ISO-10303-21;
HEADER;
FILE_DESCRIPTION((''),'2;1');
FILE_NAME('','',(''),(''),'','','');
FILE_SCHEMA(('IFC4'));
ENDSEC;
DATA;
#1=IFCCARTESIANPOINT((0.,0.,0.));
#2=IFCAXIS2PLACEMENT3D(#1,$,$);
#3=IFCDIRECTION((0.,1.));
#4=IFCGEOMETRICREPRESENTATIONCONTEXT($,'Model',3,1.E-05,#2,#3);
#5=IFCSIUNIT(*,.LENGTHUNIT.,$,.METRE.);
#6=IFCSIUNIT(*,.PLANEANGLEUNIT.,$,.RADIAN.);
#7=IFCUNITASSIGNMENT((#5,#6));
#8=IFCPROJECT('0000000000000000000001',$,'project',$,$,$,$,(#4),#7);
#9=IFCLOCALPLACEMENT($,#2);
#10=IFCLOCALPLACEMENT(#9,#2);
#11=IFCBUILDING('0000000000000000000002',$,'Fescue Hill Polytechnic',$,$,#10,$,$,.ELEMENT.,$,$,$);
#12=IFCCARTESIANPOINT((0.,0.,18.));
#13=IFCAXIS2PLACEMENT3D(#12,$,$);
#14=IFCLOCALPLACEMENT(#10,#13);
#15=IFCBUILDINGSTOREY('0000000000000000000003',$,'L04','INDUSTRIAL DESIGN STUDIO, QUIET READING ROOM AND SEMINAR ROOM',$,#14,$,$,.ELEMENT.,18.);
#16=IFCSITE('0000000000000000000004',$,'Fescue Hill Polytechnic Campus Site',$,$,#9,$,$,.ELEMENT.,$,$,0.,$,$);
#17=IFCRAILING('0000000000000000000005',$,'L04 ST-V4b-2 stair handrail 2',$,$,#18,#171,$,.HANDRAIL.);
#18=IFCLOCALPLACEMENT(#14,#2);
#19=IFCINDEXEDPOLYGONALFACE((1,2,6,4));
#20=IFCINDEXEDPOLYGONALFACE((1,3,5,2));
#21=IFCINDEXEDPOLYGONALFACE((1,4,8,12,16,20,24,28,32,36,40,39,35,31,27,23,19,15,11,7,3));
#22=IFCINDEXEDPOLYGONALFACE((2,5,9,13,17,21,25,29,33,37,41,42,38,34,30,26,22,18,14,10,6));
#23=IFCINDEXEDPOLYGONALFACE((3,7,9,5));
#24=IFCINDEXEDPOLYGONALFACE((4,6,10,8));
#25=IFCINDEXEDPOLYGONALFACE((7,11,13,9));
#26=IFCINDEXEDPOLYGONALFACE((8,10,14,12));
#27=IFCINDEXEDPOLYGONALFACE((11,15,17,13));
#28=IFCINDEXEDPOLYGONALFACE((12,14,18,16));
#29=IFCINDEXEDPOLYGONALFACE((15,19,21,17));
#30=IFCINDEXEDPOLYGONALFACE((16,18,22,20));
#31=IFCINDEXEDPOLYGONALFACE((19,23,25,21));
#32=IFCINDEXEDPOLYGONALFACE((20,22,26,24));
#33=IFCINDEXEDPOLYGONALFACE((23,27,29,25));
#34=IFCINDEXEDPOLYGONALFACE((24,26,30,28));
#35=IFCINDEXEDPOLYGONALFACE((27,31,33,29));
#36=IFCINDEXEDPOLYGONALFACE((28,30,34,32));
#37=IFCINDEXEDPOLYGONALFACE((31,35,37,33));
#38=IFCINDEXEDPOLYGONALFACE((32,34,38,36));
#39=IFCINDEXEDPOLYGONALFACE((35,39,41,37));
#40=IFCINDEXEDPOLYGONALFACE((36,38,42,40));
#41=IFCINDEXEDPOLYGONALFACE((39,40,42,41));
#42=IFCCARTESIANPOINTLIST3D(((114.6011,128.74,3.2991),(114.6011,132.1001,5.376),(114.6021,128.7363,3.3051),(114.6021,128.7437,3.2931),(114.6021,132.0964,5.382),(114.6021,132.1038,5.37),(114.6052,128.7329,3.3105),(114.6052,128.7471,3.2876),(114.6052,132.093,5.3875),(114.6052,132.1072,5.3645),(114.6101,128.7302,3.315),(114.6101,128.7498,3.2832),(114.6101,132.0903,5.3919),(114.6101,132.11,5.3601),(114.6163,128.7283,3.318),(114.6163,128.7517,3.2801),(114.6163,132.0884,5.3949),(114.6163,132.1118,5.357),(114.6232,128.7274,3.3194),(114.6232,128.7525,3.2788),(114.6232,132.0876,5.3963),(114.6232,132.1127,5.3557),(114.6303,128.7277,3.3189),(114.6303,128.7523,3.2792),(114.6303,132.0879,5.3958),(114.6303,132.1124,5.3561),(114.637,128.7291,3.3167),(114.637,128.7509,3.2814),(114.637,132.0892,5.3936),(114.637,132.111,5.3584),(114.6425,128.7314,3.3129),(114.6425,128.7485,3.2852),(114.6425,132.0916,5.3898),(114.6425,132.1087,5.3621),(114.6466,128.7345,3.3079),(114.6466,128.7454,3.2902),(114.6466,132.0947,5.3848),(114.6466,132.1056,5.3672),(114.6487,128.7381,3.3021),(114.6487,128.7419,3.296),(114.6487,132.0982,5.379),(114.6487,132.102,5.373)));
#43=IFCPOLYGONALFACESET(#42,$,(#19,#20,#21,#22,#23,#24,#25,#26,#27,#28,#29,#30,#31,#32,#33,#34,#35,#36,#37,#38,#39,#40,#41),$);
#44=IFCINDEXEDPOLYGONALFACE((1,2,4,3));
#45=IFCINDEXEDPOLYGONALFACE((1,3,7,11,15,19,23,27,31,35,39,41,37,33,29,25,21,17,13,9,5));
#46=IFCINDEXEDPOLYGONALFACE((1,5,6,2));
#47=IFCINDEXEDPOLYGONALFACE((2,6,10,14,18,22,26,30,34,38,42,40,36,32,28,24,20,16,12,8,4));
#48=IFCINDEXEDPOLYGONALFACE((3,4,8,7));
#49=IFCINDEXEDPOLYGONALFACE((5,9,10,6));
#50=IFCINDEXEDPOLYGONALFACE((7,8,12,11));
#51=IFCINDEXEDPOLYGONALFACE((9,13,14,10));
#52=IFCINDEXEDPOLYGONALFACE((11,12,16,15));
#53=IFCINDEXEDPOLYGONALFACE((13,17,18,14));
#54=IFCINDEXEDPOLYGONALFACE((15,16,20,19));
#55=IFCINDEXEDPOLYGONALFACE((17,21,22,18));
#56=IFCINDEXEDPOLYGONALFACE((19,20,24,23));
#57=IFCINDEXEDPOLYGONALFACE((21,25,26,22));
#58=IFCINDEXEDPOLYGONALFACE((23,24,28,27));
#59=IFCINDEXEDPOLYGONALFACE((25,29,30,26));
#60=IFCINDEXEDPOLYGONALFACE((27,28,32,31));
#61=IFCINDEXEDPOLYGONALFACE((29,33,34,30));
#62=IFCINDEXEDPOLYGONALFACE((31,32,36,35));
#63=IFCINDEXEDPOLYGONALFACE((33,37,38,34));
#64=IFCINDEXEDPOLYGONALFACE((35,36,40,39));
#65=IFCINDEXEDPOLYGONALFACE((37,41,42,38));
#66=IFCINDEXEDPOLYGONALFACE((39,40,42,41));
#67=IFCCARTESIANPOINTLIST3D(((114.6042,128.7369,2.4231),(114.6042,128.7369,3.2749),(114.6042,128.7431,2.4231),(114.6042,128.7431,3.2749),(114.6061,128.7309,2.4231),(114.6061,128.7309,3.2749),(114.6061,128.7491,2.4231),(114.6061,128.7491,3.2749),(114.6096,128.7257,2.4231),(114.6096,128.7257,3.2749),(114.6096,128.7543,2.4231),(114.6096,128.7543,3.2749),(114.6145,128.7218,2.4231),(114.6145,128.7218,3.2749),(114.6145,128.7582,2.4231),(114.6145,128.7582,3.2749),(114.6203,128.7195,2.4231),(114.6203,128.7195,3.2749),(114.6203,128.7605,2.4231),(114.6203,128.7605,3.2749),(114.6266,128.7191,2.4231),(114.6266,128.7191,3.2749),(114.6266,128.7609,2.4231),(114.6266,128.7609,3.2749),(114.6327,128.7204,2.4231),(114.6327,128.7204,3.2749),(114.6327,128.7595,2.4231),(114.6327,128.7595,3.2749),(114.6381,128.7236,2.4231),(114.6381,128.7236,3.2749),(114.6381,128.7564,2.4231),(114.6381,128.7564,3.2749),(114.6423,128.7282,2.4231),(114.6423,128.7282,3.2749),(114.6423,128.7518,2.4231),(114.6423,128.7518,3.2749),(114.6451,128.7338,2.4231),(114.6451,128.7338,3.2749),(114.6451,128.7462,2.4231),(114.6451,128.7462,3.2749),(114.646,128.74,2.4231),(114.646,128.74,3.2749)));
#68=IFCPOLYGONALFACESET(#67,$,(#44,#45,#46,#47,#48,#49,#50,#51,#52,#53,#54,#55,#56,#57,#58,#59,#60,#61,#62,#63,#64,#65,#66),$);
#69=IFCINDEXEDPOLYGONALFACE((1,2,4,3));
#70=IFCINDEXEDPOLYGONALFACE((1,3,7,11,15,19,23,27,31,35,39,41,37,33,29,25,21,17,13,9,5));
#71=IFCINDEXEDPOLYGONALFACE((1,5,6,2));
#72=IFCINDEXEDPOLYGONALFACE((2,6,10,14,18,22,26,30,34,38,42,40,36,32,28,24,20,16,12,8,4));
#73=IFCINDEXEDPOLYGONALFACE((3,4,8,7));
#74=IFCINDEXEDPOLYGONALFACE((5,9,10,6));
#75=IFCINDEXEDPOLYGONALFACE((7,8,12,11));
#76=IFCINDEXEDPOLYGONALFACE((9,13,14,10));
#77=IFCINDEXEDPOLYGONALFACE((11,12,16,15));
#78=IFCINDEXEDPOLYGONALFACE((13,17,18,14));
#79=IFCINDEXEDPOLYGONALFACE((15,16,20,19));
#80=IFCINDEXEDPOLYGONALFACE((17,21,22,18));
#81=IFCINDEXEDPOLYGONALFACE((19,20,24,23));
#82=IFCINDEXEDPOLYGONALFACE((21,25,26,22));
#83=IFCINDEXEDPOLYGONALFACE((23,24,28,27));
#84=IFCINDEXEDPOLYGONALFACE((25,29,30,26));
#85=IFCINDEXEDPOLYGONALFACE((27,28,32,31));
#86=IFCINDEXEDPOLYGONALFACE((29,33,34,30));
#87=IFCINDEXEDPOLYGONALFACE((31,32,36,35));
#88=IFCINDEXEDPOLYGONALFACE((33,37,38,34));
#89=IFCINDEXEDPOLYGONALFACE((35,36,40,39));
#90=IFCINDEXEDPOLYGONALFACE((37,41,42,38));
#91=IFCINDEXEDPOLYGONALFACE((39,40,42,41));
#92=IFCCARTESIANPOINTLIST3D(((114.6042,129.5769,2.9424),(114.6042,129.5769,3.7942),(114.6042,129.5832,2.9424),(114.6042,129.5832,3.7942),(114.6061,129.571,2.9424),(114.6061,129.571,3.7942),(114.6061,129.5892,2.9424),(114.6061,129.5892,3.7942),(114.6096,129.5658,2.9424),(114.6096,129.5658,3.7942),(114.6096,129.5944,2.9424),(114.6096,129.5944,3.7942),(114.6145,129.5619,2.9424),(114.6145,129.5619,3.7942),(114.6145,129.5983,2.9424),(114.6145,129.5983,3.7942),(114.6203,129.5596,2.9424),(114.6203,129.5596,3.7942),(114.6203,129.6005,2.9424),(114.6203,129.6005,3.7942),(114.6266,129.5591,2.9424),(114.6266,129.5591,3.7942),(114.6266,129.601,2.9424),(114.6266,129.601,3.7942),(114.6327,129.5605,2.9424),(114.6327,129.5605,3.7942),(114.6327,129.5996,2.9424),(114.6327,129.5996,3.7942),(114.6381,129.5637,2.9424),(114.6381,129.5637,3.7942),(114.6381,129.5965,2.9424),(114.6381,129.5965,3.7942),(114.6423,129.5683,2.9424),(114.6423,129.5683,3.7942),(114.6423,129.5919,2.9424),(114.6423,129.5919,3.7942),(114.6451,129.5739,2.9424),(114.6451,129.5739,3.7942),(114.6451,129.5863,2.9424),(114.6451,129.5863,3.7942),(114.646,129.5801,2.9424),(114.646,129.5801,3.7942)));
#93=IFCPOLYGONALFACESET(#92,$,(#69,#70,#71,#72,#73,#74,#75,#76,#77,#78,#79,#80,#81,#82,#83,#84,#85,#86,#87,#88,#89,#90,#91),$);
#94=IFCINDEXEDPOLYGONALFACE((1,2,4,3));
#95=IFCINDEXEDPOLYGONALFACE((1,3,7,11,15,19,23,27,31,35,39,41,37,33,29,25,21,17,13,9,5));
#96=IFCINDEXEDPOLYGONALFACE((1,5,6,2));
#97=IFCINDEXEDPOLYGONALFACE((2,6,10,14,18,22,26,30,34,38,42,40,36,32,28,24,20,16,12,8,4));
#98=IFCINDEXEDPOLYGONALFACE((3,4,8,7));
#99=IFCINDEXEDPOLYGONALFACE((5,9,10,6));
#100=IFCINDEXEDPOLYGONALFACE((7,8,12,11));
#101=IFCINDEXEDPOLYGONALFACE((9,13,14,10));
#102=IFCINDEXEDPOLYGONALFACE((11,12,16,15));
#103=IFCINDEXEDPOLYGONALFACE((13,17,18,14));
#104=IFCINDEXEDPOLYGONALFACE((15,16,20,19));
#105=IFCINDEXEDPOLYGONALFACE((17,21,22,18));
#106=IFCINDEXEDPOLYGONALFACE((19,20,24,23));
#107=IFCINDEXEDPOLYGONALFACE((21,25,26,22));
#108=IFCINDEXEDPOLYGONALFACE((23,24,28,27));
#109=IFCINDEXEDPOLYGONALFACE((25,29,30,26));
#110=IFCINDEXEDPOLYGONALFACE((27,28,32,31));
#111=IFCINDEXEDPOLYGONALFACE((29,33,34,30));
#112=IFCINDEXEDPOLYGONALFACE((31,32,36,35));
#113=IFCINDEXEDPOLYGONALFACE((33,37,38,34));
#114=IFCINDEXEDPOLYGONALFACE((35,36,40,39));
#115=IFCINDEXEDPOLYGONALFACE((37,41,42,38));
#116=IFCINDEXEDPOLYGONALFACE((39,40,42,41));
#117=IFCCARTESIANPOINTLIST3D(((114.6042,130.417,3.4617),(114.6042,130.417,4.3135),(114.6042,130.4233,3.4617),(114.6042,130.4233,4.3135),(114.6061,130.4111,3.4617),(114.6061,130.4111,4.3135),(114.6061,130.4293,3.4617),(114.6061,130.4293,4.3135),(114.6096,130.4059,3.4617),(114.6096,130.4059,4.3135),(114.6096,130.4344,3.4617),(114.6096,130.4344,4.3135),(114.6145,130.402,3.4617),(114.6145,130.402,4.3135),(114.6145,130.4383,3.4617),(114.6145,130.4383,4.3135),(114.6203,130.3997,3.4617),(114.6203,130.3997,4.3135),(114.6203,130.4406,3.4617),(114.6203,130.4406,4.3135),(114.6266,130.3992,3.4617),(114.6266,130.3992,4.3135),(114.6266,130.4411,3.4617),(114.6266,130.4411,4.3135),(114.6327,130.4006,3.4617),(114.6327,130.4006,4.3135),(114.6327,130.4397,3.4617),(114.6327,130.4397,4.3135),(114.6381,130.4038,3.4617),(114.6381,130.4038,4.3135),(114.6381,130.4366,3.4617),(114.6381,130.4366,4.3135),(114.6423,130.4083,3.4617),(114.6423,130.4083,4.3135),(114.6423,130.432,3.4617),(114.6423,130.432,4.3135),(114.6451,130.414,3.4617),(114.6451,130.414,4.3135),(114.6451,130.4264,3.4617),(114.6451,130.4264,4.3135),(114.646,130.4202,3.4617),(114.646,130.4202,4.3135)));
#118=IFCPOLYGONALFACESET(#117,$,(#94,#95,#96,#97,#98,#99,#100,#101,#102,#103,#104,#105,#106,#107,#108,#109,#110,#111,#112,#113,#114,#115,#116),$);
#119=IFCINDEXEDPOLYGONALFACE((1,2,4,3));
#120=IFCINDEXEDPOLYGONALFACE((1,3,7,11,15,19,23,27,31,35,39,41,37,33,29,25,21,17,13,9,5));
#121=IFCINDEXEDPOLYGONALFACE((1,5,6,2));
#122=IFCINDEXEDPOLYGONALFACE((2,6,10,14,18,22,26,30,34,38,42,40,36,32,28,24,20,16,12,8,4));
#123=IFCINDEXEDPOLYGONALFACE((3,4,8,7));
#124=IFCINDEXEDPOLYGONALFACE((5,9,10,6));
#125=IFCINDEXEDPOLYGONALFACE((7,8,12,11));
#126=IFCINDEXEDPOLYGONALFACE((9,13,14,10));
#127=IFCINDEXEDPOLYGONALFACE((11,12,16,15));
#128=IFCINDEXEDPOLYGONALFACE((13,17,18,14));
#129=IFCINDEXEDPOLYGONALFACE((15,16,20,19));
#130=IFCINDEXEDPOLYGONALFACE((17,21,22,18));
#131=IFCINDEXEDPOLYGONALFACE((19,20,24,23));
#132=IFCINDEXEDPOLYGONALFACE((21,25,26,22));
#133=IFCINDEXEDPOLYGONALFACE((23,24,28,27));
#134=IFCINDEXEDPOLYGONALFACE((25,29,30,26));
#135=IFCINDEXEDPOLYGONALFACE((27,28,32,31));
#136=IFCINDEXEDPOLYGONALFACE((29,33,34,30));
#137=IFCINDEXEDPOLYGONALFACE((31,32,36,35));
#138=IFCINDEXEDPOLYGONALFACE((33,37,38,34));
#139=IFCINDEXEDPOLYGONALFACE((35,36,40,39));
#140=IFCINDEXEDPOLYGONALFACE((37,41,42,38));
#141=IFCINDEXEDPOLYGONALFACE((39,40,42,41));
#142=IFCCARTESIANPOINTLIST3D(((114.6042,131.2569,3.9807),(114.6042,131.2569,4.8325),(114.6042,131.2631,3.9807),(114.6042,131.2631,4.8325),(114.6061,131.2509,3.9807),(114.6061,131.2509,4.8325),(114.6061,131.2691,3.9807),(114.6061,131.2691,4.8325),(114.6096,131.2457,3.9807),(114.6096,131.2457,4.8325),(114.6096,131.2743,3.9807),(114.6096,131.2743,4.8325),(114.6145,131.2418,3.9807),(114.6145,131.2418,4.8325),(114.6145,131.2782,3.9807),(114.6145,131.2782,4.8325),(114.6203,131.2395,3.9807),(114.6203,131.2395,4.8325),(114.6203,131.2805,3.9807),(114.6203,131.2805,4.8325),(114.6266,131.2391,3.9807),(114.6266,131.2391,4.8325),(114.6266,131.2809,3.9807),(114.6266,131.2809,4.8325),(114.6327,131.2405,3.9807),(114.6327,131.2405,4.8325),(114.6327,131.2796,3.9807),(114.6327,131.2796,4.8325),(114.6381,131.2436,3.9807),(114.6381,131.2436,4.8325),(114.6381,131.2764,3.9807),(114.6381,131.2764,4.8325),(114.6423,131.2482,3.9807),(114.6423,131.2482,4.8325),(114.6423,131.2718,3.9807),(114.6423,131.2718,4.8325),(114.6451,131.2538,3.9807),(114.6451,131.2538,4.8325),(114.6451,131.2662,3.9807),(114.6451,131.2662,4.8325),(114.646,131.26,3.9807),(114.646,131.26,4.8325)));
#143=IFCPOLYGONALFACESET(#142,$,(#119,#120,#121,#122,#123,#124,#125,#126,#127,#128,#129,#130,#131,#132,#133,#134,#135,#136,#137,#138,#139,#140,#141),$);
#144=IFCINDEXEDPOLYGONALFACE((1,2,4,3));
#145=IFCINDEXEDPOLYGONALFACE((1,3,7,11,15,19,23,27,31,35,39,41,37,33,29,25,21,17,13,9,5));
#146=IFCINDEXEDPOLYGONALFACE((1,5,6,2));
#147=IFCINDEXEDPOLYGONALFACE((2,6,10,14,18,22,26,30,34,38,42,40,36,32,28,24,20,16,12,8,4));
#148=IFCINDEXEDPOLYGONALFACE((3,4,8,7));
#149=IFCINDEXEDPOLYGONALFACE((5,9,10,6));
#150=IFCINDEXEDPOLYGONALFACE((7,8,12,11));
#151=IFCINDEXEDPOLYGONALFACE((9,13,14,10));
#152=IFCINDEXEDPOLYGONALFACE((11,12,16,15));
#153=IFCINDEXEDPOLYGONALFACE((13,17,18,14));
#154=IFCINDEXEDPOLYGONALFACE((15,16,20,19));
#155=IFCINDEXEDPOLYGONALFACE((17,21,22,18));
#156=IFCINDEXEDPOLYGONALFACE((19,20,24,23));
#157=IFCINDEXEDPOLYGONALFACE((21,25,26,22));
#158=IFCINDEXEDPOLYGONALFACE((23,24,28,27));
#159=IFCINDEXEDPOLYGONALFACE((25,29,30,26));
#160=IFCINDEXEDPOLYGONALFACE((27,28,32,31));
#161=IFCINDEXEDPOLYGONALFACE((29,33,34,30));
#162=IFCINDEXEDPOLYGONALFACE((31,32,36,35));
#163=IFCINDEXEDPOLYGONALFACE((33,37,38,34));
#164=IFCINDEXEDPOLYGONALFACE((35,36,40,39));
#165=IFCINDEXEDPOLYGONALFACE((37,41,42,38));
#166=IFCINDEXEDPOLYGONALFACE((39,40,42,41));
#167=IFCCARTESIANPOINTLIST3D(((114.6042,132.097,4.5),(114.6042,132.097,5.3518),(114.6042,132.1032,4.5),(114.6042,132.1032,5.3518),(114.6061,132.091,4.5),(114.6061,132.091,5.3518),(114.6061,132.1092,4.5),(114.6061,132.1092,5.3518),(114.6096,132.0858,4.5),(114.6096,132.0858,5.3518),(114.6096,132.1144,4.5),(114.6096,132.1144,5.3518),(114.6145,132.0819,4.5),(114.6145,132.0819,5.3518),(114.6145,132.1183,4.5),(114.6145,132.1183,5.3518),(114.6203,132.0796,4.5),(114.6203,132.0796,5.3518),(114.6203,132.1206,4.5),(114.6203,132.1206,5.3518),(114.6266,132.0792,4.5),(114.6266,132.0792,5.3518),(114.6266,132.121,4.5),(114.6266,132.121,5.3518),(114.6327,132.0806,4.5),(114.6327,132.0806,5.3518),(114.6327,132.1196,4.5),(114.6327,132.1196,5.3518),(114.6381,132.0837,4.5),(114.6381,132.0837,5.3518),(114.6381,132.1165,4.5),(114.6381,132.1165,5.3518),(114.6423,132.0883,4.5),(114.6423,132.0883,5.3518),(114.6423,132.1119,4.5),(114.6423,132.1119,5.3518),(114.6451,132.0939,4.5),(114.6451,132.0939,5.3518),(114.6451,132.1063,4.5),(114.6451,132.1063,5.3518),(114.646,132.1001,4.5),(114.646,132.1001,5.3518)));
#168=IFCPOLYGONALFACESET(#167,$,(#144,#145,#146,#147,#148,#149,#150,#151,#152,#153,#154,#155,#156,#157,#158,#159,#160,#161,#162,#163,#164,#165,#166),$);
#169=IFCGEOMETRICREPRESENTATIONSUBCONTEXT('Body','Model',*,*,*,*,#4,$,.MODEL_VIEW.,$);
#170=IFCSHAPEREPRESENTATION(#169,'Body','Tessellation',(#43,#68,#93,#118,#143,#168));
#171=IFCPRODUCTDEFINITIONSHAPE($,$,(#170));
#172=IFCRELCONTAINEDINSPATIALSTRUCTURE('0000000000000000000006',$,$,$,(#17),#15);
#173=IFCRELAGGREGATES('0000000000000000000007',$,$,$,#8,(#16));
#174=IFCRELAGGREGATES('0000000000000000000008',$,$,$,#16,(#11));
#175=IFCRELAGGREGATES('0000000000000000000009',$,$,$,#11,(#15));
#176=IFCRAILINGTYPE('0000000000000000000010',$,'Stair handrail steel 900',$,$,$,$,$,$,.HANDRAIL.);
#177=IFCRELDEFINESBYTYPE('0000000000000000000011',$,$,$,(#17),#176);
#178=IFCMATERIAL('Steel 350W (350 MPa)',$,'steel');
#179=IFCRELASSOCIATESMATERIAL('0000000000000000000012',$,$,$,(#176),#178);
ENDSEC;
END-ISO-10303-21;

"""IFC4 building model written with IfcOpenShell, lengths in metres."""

from ifc_helpers import new_model, si_unit, direction, frame, origin, origin_2d, place, context, subcontext, project, spatial, circle, extrude, material, type_object, element, save


model = new_model("IFC4")

# Units and contexts
model_context = context("Model", 3, precision=1e-05, world=origin(), true_north=direction((0.0, 1.0)))
body_context = subcontext(model_context, "Body", "Model", "MODEL_VIEW")
ifc_project = project(units=[si_unit("LENGTHUNIT", "METRE"), si_unit("PLANEANGLEUNIT", "RADIAN")], contexts=[model_context])

# Site, building, storey
site_placement = place(None, origin())
site = spatial("IfcSite", under=ifc_project, at=site_placement, Name="Fescue Hill Polytechnic Campus Site", CompositionType="ELEMENT", RefElevation=0.0)
building_placement = place(site_placement, origin())
building = spatial("IfcBuilding", under=site, at=building_placement, Name="Fescue Hill Polytechnic", CompositionType="ELEMENT")
storey_placement = place(building_placement, frame((0.0, 0.0, 18.0)))
storey = spatial("IfcBuildingStorey", under=building, at=storey_placement, Name="L04", Description="INDUSTRIAL DESIGN STUDIO, QUIET READING ROOM AND SEMINAR ROOM", CompositionType="ELEMENT", Elevation=18.0)

# Railing
ifc_material_1 = material(Name="Steel 350W (350 MPa)", Category="steel")
railing_type_1 = type_object("IfcRailingType", Name="Stair handrail steel 900", PredefinedType="HANDRAIL", material=ifc_material_1)
railing_1_placement = place(storey_placement, frame((114.625, 128.74, 2.4231)))
element("IfcRailing", 1, at=railing_1_placement, inside=storey, type_object=railing_type_1, Name="L04 ST-V4b-2 stair handrail 2", PredefinedType="HANDRAIL", context=body_context, shape_type="SweptSolid", body=[
    extrude(circle(Radius=0.0239, at=origin_2d()), frame((0.0, 0.0, 0.876), z_axis=(0.0, 0.850623, 0.525776), x_axis=(-1.0, 0.0, 0.0)), (0.0, 0.0, 1.0), 3.9502),
    extrude(circle(Radius=0.021, at=origin_2d()), origin(), (0.0, 0.0, 1.0), 0.8518),
    extrude(circle(Radius=0.021, at=origin_2d()), frame((0.0, 0.8401, 0.5193)), (0.0, 0.0, 1.0), 0.8518),
    extrude(circle(Radius=0.021, at=origin_2d()), frame((0.0, 1.6802, 1.0386)), (0.0, 0.0, 1.0), 0.8518),
    extrude(circle(Radius=0.021, at=origin_2d()), frame((0.0, 2.52, 1.5576)), (0.0, 0.0, 1.0), 0.8518),
    extrude(circle(Radius=0.021, at=origin_2d()), frame((0.0, 3.3601, 2.0769)), (0.0, 0.0, 1.0), 0.8518),
])

save(model, "model.ifc")
